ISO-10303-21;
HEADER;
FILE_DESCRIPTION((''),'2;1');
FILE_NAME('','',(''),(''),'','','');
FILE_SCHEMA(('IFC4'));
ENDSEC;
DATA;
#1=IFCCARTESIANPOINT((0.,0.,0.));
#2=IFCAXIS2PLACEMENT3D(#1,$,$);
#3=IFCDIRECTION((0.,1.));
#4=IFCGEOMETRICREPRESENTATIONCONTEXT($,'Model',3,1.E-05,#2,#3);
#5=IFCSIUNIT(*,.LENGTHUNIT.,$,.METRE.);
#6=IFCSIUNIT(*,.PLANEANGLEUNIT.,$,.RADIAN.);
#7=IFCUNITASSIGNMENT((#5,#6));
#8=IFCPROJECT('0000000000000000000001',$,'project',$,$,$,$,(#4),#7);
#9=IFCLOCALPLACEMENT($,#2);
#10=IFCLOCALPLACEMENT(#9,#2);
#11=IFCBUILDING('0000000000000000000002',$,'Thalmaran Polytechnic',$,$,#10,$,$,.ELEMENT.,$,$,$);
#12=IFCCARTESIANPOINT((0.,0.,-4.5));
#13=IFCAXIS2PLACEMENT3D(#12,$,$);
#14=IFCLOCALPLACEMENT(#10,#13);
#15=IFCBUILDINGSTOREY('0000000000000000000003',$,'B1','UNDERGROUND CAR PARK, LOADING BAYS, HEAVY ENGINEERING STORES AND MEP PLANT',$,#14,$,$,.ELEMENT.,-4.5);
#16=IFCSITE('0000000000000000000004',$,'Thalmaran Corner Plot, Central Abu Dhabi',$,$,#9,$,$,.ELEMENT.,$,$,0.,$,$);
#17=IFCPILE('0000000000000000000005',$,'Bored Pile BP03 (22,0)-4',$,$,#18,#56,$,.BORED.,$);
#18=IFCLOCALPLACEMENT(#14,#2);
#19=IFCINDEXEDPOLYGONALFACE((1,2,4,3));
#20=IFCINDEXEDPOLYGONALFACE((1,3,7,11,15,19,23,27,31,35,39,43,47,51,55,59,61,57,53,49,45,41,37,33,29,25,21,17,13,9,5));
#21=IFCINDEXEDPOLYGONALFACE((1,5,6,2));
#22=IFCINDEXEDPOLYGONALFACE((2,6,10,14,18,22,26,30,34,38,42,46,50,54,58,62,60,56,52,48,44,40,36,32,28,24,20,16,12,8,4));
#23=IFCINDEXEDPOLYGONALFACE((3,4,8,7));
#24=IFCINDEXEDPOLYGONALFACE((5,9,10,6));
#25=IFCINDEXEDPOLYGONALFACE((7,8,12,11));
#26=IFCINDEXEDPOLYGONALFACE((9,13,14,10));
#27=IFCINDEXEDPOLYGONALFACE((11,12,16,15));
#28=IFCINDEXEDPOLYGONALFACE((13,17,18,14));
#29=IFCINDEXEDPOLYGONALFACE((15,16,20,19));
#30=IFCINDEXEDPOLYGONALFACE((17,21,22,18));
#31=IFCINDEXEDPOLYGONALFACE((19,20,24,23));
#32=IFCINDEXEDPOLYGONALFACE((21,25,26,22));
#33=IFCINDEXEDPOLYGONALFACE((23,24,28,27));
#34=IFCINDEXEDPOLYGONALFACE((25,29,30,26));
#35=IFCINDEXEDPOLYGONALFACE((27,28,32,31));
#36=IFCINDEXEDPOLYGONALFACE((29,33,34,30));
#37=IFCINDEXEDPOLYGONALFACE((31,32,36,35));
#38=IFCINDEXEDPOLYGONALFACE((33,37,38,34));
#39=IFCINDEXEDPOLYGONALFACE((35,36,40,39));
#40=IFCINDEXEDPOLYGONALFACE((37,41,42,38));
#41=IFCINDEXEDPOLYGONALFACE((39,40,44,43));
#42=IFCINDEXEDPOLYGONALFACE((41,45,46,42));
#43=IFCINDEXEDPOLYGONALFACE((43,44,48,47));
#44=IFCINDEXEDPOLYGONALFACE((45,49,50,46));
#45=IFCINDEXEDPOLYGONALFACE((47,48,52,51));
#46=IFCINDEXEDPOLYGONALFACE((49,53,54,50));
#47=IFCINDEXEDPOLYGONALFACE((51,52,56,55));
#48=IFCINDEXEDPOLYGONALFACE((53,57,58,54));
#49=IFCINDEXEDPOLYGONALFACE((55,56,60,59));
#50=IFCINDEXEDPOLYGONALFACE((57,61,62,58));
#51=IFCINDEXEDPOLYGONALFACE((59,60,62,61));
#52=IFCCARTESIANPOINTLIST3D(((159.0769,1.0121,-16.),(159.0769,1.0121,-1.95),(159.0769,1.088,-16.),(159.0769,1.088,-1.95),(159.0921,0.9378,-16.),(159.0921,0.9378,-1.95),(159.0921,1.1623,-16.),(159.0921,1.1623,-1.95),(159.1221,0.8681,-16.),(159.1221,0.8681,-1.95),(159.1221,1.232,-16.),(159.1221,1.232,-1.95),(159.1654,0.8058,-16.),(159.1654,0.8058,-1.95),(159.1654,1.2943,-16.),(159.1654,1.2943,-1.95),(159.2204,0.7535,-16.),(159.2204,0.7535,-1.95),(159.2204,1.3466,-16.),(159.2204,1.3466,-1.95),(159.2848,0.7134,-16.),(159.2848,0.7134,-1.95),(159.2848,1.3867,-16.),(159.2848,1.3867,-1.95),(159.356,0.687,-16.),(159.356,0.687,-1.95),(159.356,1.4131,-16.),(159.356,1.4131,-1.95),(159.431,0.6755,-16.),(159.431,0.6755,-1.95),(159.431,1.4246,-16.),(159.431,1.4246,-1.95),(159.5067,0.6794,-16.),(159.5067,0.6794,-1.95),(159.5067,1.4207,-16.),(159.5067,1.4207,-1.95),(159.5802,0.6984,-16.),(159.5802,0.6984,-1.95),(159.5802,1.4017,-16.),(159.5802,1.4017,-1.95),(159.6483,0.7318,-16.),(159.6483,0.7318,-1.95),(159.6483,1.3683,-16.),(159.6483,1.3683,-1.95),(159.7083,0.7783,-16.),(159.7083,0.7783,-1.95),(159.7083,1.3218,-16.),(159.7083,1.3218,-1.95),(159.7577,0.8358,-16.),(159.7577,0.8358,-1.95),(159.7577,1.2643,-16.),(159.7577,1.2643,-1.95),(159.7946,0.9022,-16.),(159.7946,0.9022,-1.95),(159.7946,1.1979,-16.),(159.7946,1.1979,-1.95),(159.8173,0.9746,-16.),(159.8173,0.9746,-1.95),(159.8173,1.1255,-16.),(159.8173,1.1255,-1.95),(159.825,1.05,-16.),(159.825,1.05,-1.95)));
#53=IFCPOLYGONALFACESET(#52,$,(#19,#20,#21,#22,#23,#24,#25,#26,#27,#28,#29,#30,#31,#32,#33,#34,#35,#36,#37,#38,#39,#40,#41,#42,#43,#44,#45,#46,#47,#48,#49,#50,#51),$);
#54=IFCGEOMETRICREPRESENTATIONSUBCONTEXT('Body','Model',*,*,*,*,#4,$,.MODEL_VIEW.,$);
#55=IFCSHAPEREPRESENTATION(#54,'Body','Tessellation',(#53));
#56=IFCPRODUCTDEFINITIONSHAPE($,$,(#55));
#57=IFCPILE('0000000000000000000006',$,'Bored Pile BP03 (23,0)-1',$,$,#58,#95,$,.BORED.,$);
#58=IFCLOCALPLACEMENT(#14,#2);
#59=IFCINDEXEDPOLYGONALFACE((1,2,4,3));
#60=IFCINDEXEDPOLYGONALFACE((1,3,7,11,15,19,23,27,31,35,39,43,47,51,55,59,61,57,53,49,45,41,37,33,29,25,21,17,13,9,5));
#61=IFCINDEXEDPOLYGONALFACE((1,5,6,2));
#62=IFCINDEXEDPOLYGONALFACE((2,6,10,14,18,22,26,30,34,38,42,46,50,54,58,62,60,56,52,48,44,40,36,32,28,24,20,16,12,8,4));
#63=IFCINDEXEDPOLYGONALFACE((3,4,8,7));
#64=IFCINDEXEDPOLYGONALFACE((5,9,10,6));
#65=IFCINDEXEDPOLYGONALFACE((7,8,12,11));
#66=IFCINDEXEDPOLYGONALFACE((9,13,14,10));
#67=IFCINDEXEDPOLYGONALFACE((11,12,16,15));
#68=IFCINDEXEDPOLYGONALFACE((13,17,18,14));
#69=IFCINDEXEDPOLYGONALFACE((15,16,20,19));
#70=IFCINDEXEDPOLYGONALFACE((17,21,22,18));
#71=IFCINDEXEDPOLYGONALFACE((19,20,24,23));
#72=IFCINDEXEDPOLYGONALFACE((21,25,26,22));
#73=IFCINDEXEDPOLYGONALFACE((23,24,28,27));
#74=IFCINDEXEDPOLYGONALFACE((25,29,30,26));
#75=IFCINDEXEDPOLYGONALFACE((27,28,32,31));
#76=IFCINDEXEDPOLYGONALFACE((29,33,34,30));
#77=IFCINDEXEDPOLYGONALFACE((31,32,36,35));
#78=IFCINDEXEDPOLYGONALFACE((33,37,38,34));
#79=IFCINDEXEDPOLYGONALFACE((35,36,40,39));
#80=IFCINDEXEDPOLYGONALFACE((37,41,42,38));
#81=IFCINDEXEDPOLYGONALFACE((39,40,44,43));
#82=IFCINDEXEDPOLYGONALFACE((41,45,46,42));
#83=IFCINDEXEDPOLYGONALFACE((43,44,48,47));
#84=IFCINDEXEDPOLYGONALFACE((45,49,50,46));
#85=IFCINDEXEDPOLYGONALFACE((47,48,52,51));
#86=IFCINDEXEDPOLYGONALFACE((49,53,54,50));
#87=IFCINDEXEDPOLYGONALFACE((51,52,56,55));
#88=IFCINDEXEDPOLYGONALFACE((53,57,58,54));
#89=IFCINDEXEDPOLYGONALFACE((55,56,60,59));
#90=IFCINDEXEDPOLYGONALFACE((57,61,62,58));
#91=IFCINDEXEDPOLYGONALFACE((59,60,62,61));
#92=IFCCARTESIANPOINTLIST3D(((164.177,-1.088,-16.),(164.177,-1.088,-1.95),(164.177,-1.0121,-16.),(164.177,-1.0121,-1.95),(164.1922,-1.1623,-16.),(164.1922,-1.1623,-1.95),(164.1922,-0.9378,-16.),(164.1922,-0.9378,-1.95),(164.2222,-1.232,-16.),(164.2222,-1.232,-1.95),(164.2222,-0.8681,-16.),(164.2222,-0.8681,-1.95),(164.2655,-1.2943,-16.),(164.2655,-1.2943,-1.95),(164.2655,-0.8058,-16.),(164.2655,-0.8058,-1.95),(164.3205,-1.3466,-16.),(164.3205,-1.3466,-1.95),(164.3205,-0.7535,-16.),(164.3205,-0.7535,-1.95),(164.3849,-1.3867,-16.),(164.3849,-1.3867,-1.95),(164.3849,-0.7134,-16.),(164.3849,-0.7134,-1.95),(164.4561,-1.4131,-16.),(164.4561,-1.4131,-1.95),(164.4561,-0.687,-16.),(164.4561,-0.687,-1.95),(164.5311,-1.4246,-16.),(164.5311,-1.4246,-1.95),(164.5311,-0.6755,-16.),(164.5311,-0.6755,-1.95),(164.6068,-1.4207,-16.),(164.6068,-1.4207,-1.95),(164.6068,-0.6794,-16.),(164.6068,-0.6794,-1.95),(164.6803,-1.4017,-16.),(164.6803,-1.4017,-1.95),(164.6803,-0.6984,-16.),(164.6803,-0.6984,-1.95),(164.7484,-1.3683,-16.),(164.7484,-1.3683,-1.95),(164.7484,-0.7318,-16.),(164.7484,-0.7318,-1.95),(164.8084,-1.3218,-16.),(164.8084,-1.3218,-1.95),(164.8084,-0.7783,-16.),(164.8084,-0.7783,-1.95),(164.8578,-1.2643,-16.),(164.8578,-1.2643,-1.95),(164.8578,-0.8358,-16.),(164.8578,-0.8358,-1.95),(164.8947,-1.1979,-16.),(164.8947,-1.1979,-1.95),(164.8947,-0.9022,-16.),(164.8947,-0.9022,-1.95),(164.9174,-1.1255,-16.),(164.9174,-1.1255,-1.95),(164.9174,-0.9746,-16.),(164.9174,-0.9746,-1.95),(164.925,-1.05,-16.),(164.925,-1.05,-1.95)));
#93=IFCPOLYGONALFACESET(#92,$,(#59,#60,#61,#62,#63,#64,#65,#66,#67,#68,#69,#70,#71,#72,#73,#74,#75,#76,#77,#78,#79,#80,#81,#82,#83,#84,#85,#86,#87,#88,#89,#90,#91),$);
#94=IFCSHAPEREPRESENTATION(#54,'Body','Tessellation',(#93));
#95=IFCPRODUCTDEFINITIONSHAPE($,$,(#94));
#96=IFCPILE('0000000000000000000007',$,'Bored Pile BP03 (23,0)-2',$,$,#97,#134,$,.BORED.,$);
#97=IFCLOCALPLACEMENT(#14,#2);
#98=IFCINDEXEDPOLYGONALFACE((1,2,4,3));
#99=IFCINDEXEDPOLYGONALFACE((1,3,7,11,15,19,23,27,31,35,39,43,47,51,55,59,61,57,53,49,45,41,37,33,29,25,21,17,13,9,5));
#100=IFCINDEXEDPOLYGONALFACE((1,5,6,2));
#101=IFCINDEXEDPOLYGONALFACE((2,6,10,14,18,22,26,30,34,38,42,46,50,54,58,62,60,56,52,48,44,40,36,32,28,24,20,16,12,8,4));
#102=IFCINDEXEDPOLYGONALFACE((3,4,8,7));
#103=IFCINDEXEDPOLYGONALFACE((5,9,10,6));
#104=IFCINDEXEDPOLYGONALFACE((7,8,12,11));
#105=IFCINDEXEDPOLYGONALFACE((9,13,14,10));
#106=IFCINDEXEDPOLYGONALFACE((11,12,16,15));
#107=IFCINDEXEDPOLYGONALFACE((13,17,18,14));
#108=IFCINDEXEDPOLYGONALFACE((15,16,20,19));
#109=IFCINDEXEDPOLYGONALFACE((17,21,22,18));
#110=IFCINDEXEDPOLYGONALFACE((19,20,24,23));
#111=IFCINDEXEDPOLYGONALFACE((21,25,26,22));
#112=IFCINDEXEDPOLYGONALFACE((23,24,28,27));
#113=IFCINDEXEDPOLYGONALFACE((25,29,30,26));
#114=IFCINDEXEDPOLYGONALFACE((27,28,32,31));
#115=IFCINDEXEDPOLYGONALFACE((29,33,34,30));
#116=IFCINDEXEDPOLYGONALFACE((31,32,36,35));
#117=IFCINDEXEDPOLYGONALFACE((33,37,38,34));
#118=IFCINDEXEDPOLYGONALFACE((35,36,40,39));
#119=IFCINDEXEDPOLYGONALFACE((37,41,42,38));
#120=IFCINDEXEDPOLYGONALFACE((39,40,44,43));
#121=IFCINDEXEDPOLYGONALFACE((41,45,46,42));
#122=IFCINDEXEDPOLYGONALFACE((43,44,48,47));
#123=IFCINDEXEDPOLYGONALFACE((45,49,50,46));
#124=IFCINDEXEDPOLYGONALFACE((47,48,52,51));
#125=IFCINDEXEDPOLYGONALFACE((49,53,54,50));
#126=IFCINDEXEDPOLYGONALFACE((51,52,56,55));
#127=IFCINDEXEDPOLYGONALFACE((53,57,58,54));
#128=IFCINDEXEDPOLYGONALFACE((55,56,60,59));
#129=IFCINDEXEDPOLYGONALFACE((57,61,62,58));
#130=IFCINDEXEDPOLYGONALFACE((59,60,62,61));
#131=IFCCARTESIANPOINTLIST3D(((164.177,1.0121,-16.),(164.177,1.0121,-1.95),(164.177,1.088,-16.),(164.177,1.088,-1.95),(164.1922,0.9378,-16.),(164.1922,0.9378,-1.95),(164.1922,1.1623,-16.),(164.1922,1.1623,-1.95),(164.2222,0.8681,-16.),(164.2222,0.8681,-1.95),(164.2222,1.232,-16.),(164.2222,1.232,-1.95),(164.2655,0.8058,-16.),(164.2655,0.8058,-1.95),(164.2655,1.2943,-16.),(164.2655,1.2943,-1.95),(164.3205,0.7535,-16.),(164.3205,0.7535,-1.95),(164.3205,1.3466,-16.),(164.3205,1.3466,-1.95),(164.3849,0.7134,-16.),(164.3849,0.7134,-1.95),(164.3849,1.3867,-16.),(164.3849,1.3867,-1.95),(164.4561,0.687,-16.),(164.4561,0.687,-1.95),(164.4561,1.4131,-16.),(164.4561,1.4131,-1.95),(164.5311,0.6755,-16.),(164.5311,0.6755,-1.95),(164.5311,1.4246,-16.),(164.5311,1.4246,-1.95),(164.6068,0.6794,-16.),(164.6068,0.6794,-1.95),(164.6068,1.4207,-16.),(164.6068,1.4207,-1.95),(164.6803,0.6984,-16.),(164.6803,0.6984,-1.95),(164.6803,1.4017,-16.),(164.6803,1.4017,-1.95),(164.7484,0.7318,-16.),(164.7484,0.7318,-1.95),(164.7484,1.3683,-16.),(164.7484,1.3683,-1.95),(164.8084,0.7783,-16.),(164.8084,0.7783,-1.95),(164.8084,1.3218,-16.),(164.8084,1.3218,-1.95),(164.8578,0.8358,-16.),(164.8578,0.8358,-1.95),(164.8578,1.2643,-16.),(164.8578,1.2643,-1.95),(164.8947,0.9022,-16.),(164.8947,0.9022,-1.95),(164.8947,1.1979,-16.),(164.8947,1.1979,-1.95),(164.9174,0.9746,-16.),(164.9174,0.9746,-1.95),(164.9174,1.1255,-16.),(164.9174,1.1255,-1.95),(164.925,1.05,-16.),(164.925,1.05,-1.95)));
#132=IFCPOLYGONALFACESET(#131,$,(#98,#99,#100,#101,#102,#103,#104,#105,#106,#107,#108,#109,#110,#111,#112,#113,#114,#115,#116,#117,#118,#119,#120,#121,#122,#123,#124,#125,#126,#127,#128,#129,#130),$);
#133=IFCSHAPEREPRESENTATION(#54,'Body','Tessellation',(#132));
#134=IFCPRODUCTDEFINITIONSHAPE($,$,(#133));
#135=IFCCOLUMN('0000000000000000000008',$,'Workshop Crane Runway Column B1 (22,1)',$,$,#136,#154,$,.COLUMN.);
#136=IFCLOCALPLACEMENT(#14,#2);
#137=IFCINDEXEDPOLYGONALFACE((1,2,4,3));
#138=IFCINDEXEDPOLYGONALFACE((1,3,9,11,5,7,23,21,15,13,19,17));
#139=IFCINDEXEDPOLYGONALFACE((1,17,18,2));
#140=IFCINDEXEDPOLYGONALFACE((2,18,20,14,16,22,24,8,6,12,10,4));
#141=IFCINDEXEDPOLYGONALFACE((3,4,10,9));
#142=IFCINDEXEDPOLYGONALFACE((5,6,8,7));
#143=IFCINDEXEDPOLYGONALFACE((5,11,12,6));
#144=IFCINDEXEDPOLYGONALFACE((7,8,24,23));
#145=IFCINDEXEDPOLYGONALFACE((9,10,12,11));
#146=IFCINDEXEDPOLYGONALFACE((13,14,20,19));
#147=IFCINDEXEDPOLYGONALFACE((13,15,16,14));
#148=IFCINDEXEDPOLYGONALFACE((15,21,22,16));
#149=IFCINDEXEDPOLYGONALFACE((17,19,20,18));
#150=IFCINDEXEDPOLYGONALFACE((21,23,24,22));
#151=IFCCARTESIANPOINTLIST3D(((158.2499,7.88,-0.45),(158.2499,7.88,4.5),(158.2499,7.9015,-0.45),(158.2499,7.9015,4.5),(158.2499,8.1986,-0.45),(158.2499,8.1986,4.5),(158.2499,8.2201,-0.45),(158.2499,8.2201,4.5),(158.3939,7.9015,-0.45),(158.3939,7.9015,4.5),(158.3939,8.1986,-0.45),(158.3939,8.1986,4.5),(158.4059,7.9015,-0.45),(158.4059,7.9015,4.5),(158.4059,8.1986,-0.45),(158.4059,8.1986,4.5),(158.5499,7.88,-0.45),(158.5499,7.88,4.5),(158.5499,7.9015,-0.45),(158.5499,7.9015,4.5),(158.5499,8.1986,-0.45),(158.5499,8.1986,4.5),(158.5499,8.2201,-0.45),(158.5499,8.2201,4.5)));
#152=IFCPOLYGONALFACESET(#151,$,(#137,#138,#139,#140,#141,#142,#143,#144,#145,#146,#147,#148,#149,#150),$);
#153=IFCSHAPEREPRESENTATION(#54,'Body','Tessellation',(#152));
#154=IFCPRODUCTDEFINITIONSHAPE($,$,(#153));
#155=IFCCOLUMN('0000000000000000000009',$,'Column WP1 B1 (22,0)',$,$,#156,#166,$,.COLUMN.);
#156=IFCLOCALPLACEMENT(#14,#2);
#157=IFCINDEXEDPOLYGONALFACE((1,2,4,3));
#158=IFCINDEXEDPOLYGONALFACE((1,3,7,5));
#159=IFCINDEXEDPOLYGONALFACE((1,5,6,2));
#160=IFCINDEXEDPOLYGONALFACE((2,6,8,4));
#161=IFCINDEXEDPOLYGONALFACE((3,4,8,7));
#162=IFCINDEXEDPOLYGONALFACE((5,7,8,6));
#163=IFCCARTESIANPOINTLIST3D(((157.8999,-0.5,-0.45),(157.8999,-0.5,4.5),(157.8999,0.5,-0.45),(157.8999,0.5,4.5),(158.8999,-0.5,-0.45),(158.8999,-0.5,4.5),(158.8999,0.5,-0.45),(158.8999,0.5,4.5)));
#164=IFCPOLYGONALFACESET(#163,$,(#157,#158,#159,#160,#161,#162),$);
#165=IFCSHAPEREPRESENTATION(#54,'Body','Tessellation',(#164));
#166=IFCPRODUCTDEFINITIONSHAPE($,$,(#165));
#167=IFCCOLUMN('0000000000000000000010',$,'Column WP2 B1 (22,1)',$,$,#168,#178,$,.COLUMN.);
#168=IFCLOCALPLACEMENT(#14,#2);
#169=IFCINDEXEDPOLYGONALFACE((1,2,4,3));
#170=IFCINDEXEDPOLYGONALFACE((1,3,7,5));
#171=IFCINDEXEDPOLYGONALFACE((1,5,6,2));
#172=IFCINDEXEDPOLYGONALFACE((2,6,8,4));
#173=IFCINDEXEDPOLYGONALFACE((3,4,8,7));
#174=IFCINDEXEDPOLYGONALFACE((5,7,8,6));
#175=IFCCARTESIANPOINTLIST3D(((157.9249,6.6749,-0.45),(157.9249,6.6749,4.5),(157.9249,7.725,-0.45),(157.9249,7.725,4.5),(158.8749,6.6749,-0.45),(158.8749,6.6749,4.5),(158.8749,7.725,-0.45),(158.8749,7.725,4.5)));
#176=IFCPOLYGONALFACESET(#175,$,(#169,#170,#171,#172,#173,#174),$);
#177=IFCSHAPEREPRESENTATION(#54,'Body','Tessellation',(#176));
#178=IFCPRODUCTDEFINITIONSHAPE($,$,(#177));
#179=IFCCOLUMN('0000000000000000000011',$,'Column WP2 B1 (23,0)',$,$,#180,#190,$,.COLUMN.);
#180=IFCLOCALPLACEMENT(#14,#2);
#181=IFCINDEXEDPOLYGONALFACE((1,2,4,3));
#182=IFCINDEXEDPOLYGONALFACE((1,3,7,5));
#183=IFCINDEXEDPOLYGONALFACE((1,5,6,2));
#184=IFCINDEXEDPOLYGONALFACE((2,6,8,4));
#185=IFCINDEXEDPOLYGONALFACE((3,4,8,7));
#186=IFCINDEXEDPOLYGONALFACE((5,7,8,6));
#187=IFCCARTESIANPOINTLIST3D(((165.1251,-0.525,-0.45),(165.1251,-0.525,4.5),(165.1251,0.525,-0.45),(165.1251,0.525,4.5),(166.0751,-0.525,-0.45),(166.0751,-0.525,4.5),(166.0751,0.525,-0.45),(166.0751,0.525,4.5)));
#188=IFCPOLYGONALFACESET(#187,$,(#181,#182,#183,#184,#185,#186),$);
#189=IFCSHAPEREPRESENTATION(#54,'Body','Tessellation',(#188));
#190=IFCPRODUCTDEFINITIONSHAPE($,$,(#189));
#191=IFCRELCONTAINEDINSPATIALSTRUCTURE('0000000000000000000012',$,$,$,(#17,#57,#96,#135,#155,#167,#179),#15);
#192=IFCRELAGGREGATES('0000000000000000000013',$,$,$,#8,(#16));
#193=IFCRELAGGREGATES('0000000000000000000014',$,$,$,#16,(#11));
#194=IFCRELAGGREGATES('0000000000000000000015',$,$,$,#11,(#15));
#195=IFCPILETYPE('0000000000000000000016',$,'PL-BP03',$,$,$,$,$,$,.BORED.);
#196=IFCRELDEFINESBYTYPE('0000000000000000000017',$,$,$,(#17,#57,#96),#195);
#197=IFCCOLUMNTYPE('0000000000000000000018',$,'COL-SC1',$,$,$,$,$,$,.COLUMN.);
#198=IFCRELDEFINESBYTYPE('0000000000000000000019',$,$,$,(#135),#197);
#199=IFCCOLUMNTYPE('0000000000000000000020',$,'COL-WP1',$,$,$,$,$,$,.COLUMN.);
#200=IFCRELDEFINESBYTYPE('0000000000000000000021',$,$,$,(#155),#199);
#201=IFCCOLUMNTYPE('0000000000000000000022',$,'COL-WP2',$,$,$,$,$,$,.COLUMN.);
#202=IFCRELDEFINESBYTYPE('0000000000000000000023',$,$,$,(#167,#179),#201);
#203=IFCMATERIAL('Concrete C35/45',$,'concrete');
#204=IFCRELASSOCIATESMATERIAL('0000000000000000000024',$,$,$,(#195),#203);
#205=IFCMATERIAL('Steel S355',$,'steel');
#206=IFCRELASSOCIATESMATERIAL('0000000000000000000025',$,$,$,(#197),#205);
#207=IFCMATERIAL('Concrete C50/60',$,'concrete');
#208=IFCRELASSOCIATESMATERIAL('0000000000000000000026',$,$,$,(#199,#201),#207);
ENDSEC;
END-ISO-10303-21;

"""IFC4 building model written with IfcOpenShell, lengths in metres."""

from ifc_helpers import new_model, si_unit, direction, frame, origin, origin_2d, place, context, subcontext, project, spatial, rectangle, circle, i_section, extrude, material, material_profile, profile_set, type_object, element, save


model = new_model("IFC4")

# Units and contexts
model_context = context("Model", 3, precision=1e-05, world=origin(), true_north=direction((0.0, 1.0)))
body_context = subcontext(model_context, "Body", "Model", "MODEL_VIEW")
ifc_project = project(units=[si_unit("LENGTHUNIT", "METRE"), si_unit("PLANEANGLEUNIT", "RADIAN")], contexts=[model_context])

# Site, building, storey
site_placement = place(None, origin())
site = spatial("IfcSite", under=ifc_project, at=site_placement, Name="Thalmaran Corner Plot, Central Abu Dhabi", CompositionType="ELEMENT", RefElevation=0.0)
building_placement = place(site_placement, origin())
building = spatial("IfcBuilding", under=site, at=building_placement, Name="Thalmaran Polytechnic", CompositionType="ELEMENT")
storey_placement = place(building_placement, frame((0.0, 0.0, -4.5)))
storey = spatial("IfcBuildingStorey", under=building, at=storey_placement, Name="B1", Description="UNDERGROUND CAR PARK, LOADING BAYS, HEAVY ENGINEERING STORES AND MEP PLANT", CompositionType="ELEMENT", Elevation=-4.5)

# Piles
ifc_material_1 = material(Name="Concrete C35/45", Category="concrete")
ifc_material_profile_1 = material_profile(ifc_material_1, circle(Radius=0.375, at=origin_2d()), Name="RC 750 DIA")
ifc_profile_set_1 = profile_set([ifc_material_profile_1], Name="Concrete C35/45")
pile_type_1 = type_object("IfcPileType", Name="PL-BP03", PredefinedType="BORED", material=ifc_profile_set_1)
for number, where, z_axis, x_axis, name in (
    (1, (159.45, 1.05, -1.95), (0.0, 0.0, -1.0), (1.0, 0.0, 0.0), "Bored Pile BP03 (22,0)-4"),
    (2, (164.55, -1.05, -1.95), (0.0, 0.0, -1.0), (1.0, 0.0, 0.0), "Bored Pile BP03 (23,0)-1"),
    (3, (164.55, 1.05, -1.95), (0.0, 0.0, -1.0), (1.0, 0.0, 0.0), "Bored Pile BP03 (23,0)-2"),
):
    element("IfcPile", number, at=place(storey_placement, frame(where, z_axis=z_axis, x_axis=x_axis)), inside=storey, type_object=pile_type_1, Name=name, PredefinedType="BORED", context=body_context, shape_type="SweptSolid", body=[
        extrude(circle(Radius=0.375, at=origin_2d()), origin(), (0.0, 0.0, 1.0), 14.05),
    ])

# Columns
ifc_material_2 = material(Name="Steel S355", Category="steel")
ifc_material_profile_2 = material_profile(ifc_material_2, i_section(OverallWidth=0.3, OverallDepth=0.3401, WebThickness=0.012, FlangeThickness=0.0215, at=origin_2d()), Name="HEB 340")
ifc_profile_set_2 = profile_set([ifc_material_profile_2], Name="Steel S355")
column_type_1 = type_object("IfcColumnType", Name="COL-SC1", PredefinedType="COLUMN", material=ifc_profile_set_2)
column_1_placement = place(storey_placement, frame((158.3999, 8.05, -0.45), z_axis=(0.0, 0.0, 1.0), x_axis=(1.0, 0.0, 0.0)))
element("IfcColumn", 4, at=column_1_placement, inside=storey, type_object=column_type_1, Name="Workshop Crane Runway Column B1 (22,1)", PredefinedType="COLUMN", context=body_context, shape_type="SweptSolid", body=[
    extrude(i_section(OverallWidth=0.3, OverallDepth=0.3401, WebThickness=0.012, FlangeThickness=0.0215, at=origin_2d()), origin(), (0.0, 0.0, 1.0), 4.95),
])
ifc_material_3 = material(Name="Concrete C50/60", Category="concrete")
ifc_material_profile_3 = material_profile(ifc_material_3, rectangle(XDim=1.0, YDim=1.0, at=origin_2d()), Name="RC 1000x1000")
ifc_profile_set_3 = profile_set([ifc_material_profile_3], Name="Concrete C50/60")
column_type_2 = type_object("IfcColumnType", Name="COL-WP1", PredefinedType="COLUMN", material=ifc_profile_set_3)
column_2_placement = place(storey_placement, frame((158.3999, 0.0, -0.45), z_axis=(0.0, 0.0, 1.0), x_axis=(1.0, 0.0, 0.0)))
element("IfcColumn", 5, at=column_2_placement, inside=storey, type_object=column_type_2, Name="Column WP1 B1 (22,0)", PredefinedType="COLUMN", context=body_context, shape_type="SweptSolid", body=[
    extrude(rectangle(XDim=1.0, YDim=1.0, at=origin_2d()), origin(), (0.0, 0.0, 1.0), 4.95),
])
ifc_material_profile_4 = material_profile(ifc_material_3, rectangle(XDim=0.95, YDim=1.05, at=origin_2d()), Name="RC 950x1050")
ifc_profile_set_4 = profile_set([ifc_material_profile_4], Name="Concrete C50/60")
column_type_3 = type_object("IfcColumnType", Name="COL-WP2", PredefinedType="COLUMN", material=ifc_profile_set_4)
for number, where, z_axis, x_axis, name in (
    (6, (158.3999, 7.2, -0.45), (0.0, 0.0, 1.0), (1.0, 0.0, 0.0), "Column WP2 B1 (22,1)"),
    (7, (165.6001, 0.0, -0.45), (0.0, 0.0, 1.0), (1.0, 0.0, 0.0), "Column WP2 B1 (23,0)"),
):
    element("IfcColumn", number, at=place(storey_placement, frame(where, z_axis=z_axis, x_axis=x_axis)), inside=storey, type_object=column_type_3, Name=name, PredefinedType="COLUMN", context=body_context, shape_type="SweptSolid", body=[
        extrude(rectangle(XDim=0.95, YDim=1.05, at=origin_2d()), origin(), (0.0, 0.0, 1.0), 4.95),
    ])

save(model, "model.ifc")
